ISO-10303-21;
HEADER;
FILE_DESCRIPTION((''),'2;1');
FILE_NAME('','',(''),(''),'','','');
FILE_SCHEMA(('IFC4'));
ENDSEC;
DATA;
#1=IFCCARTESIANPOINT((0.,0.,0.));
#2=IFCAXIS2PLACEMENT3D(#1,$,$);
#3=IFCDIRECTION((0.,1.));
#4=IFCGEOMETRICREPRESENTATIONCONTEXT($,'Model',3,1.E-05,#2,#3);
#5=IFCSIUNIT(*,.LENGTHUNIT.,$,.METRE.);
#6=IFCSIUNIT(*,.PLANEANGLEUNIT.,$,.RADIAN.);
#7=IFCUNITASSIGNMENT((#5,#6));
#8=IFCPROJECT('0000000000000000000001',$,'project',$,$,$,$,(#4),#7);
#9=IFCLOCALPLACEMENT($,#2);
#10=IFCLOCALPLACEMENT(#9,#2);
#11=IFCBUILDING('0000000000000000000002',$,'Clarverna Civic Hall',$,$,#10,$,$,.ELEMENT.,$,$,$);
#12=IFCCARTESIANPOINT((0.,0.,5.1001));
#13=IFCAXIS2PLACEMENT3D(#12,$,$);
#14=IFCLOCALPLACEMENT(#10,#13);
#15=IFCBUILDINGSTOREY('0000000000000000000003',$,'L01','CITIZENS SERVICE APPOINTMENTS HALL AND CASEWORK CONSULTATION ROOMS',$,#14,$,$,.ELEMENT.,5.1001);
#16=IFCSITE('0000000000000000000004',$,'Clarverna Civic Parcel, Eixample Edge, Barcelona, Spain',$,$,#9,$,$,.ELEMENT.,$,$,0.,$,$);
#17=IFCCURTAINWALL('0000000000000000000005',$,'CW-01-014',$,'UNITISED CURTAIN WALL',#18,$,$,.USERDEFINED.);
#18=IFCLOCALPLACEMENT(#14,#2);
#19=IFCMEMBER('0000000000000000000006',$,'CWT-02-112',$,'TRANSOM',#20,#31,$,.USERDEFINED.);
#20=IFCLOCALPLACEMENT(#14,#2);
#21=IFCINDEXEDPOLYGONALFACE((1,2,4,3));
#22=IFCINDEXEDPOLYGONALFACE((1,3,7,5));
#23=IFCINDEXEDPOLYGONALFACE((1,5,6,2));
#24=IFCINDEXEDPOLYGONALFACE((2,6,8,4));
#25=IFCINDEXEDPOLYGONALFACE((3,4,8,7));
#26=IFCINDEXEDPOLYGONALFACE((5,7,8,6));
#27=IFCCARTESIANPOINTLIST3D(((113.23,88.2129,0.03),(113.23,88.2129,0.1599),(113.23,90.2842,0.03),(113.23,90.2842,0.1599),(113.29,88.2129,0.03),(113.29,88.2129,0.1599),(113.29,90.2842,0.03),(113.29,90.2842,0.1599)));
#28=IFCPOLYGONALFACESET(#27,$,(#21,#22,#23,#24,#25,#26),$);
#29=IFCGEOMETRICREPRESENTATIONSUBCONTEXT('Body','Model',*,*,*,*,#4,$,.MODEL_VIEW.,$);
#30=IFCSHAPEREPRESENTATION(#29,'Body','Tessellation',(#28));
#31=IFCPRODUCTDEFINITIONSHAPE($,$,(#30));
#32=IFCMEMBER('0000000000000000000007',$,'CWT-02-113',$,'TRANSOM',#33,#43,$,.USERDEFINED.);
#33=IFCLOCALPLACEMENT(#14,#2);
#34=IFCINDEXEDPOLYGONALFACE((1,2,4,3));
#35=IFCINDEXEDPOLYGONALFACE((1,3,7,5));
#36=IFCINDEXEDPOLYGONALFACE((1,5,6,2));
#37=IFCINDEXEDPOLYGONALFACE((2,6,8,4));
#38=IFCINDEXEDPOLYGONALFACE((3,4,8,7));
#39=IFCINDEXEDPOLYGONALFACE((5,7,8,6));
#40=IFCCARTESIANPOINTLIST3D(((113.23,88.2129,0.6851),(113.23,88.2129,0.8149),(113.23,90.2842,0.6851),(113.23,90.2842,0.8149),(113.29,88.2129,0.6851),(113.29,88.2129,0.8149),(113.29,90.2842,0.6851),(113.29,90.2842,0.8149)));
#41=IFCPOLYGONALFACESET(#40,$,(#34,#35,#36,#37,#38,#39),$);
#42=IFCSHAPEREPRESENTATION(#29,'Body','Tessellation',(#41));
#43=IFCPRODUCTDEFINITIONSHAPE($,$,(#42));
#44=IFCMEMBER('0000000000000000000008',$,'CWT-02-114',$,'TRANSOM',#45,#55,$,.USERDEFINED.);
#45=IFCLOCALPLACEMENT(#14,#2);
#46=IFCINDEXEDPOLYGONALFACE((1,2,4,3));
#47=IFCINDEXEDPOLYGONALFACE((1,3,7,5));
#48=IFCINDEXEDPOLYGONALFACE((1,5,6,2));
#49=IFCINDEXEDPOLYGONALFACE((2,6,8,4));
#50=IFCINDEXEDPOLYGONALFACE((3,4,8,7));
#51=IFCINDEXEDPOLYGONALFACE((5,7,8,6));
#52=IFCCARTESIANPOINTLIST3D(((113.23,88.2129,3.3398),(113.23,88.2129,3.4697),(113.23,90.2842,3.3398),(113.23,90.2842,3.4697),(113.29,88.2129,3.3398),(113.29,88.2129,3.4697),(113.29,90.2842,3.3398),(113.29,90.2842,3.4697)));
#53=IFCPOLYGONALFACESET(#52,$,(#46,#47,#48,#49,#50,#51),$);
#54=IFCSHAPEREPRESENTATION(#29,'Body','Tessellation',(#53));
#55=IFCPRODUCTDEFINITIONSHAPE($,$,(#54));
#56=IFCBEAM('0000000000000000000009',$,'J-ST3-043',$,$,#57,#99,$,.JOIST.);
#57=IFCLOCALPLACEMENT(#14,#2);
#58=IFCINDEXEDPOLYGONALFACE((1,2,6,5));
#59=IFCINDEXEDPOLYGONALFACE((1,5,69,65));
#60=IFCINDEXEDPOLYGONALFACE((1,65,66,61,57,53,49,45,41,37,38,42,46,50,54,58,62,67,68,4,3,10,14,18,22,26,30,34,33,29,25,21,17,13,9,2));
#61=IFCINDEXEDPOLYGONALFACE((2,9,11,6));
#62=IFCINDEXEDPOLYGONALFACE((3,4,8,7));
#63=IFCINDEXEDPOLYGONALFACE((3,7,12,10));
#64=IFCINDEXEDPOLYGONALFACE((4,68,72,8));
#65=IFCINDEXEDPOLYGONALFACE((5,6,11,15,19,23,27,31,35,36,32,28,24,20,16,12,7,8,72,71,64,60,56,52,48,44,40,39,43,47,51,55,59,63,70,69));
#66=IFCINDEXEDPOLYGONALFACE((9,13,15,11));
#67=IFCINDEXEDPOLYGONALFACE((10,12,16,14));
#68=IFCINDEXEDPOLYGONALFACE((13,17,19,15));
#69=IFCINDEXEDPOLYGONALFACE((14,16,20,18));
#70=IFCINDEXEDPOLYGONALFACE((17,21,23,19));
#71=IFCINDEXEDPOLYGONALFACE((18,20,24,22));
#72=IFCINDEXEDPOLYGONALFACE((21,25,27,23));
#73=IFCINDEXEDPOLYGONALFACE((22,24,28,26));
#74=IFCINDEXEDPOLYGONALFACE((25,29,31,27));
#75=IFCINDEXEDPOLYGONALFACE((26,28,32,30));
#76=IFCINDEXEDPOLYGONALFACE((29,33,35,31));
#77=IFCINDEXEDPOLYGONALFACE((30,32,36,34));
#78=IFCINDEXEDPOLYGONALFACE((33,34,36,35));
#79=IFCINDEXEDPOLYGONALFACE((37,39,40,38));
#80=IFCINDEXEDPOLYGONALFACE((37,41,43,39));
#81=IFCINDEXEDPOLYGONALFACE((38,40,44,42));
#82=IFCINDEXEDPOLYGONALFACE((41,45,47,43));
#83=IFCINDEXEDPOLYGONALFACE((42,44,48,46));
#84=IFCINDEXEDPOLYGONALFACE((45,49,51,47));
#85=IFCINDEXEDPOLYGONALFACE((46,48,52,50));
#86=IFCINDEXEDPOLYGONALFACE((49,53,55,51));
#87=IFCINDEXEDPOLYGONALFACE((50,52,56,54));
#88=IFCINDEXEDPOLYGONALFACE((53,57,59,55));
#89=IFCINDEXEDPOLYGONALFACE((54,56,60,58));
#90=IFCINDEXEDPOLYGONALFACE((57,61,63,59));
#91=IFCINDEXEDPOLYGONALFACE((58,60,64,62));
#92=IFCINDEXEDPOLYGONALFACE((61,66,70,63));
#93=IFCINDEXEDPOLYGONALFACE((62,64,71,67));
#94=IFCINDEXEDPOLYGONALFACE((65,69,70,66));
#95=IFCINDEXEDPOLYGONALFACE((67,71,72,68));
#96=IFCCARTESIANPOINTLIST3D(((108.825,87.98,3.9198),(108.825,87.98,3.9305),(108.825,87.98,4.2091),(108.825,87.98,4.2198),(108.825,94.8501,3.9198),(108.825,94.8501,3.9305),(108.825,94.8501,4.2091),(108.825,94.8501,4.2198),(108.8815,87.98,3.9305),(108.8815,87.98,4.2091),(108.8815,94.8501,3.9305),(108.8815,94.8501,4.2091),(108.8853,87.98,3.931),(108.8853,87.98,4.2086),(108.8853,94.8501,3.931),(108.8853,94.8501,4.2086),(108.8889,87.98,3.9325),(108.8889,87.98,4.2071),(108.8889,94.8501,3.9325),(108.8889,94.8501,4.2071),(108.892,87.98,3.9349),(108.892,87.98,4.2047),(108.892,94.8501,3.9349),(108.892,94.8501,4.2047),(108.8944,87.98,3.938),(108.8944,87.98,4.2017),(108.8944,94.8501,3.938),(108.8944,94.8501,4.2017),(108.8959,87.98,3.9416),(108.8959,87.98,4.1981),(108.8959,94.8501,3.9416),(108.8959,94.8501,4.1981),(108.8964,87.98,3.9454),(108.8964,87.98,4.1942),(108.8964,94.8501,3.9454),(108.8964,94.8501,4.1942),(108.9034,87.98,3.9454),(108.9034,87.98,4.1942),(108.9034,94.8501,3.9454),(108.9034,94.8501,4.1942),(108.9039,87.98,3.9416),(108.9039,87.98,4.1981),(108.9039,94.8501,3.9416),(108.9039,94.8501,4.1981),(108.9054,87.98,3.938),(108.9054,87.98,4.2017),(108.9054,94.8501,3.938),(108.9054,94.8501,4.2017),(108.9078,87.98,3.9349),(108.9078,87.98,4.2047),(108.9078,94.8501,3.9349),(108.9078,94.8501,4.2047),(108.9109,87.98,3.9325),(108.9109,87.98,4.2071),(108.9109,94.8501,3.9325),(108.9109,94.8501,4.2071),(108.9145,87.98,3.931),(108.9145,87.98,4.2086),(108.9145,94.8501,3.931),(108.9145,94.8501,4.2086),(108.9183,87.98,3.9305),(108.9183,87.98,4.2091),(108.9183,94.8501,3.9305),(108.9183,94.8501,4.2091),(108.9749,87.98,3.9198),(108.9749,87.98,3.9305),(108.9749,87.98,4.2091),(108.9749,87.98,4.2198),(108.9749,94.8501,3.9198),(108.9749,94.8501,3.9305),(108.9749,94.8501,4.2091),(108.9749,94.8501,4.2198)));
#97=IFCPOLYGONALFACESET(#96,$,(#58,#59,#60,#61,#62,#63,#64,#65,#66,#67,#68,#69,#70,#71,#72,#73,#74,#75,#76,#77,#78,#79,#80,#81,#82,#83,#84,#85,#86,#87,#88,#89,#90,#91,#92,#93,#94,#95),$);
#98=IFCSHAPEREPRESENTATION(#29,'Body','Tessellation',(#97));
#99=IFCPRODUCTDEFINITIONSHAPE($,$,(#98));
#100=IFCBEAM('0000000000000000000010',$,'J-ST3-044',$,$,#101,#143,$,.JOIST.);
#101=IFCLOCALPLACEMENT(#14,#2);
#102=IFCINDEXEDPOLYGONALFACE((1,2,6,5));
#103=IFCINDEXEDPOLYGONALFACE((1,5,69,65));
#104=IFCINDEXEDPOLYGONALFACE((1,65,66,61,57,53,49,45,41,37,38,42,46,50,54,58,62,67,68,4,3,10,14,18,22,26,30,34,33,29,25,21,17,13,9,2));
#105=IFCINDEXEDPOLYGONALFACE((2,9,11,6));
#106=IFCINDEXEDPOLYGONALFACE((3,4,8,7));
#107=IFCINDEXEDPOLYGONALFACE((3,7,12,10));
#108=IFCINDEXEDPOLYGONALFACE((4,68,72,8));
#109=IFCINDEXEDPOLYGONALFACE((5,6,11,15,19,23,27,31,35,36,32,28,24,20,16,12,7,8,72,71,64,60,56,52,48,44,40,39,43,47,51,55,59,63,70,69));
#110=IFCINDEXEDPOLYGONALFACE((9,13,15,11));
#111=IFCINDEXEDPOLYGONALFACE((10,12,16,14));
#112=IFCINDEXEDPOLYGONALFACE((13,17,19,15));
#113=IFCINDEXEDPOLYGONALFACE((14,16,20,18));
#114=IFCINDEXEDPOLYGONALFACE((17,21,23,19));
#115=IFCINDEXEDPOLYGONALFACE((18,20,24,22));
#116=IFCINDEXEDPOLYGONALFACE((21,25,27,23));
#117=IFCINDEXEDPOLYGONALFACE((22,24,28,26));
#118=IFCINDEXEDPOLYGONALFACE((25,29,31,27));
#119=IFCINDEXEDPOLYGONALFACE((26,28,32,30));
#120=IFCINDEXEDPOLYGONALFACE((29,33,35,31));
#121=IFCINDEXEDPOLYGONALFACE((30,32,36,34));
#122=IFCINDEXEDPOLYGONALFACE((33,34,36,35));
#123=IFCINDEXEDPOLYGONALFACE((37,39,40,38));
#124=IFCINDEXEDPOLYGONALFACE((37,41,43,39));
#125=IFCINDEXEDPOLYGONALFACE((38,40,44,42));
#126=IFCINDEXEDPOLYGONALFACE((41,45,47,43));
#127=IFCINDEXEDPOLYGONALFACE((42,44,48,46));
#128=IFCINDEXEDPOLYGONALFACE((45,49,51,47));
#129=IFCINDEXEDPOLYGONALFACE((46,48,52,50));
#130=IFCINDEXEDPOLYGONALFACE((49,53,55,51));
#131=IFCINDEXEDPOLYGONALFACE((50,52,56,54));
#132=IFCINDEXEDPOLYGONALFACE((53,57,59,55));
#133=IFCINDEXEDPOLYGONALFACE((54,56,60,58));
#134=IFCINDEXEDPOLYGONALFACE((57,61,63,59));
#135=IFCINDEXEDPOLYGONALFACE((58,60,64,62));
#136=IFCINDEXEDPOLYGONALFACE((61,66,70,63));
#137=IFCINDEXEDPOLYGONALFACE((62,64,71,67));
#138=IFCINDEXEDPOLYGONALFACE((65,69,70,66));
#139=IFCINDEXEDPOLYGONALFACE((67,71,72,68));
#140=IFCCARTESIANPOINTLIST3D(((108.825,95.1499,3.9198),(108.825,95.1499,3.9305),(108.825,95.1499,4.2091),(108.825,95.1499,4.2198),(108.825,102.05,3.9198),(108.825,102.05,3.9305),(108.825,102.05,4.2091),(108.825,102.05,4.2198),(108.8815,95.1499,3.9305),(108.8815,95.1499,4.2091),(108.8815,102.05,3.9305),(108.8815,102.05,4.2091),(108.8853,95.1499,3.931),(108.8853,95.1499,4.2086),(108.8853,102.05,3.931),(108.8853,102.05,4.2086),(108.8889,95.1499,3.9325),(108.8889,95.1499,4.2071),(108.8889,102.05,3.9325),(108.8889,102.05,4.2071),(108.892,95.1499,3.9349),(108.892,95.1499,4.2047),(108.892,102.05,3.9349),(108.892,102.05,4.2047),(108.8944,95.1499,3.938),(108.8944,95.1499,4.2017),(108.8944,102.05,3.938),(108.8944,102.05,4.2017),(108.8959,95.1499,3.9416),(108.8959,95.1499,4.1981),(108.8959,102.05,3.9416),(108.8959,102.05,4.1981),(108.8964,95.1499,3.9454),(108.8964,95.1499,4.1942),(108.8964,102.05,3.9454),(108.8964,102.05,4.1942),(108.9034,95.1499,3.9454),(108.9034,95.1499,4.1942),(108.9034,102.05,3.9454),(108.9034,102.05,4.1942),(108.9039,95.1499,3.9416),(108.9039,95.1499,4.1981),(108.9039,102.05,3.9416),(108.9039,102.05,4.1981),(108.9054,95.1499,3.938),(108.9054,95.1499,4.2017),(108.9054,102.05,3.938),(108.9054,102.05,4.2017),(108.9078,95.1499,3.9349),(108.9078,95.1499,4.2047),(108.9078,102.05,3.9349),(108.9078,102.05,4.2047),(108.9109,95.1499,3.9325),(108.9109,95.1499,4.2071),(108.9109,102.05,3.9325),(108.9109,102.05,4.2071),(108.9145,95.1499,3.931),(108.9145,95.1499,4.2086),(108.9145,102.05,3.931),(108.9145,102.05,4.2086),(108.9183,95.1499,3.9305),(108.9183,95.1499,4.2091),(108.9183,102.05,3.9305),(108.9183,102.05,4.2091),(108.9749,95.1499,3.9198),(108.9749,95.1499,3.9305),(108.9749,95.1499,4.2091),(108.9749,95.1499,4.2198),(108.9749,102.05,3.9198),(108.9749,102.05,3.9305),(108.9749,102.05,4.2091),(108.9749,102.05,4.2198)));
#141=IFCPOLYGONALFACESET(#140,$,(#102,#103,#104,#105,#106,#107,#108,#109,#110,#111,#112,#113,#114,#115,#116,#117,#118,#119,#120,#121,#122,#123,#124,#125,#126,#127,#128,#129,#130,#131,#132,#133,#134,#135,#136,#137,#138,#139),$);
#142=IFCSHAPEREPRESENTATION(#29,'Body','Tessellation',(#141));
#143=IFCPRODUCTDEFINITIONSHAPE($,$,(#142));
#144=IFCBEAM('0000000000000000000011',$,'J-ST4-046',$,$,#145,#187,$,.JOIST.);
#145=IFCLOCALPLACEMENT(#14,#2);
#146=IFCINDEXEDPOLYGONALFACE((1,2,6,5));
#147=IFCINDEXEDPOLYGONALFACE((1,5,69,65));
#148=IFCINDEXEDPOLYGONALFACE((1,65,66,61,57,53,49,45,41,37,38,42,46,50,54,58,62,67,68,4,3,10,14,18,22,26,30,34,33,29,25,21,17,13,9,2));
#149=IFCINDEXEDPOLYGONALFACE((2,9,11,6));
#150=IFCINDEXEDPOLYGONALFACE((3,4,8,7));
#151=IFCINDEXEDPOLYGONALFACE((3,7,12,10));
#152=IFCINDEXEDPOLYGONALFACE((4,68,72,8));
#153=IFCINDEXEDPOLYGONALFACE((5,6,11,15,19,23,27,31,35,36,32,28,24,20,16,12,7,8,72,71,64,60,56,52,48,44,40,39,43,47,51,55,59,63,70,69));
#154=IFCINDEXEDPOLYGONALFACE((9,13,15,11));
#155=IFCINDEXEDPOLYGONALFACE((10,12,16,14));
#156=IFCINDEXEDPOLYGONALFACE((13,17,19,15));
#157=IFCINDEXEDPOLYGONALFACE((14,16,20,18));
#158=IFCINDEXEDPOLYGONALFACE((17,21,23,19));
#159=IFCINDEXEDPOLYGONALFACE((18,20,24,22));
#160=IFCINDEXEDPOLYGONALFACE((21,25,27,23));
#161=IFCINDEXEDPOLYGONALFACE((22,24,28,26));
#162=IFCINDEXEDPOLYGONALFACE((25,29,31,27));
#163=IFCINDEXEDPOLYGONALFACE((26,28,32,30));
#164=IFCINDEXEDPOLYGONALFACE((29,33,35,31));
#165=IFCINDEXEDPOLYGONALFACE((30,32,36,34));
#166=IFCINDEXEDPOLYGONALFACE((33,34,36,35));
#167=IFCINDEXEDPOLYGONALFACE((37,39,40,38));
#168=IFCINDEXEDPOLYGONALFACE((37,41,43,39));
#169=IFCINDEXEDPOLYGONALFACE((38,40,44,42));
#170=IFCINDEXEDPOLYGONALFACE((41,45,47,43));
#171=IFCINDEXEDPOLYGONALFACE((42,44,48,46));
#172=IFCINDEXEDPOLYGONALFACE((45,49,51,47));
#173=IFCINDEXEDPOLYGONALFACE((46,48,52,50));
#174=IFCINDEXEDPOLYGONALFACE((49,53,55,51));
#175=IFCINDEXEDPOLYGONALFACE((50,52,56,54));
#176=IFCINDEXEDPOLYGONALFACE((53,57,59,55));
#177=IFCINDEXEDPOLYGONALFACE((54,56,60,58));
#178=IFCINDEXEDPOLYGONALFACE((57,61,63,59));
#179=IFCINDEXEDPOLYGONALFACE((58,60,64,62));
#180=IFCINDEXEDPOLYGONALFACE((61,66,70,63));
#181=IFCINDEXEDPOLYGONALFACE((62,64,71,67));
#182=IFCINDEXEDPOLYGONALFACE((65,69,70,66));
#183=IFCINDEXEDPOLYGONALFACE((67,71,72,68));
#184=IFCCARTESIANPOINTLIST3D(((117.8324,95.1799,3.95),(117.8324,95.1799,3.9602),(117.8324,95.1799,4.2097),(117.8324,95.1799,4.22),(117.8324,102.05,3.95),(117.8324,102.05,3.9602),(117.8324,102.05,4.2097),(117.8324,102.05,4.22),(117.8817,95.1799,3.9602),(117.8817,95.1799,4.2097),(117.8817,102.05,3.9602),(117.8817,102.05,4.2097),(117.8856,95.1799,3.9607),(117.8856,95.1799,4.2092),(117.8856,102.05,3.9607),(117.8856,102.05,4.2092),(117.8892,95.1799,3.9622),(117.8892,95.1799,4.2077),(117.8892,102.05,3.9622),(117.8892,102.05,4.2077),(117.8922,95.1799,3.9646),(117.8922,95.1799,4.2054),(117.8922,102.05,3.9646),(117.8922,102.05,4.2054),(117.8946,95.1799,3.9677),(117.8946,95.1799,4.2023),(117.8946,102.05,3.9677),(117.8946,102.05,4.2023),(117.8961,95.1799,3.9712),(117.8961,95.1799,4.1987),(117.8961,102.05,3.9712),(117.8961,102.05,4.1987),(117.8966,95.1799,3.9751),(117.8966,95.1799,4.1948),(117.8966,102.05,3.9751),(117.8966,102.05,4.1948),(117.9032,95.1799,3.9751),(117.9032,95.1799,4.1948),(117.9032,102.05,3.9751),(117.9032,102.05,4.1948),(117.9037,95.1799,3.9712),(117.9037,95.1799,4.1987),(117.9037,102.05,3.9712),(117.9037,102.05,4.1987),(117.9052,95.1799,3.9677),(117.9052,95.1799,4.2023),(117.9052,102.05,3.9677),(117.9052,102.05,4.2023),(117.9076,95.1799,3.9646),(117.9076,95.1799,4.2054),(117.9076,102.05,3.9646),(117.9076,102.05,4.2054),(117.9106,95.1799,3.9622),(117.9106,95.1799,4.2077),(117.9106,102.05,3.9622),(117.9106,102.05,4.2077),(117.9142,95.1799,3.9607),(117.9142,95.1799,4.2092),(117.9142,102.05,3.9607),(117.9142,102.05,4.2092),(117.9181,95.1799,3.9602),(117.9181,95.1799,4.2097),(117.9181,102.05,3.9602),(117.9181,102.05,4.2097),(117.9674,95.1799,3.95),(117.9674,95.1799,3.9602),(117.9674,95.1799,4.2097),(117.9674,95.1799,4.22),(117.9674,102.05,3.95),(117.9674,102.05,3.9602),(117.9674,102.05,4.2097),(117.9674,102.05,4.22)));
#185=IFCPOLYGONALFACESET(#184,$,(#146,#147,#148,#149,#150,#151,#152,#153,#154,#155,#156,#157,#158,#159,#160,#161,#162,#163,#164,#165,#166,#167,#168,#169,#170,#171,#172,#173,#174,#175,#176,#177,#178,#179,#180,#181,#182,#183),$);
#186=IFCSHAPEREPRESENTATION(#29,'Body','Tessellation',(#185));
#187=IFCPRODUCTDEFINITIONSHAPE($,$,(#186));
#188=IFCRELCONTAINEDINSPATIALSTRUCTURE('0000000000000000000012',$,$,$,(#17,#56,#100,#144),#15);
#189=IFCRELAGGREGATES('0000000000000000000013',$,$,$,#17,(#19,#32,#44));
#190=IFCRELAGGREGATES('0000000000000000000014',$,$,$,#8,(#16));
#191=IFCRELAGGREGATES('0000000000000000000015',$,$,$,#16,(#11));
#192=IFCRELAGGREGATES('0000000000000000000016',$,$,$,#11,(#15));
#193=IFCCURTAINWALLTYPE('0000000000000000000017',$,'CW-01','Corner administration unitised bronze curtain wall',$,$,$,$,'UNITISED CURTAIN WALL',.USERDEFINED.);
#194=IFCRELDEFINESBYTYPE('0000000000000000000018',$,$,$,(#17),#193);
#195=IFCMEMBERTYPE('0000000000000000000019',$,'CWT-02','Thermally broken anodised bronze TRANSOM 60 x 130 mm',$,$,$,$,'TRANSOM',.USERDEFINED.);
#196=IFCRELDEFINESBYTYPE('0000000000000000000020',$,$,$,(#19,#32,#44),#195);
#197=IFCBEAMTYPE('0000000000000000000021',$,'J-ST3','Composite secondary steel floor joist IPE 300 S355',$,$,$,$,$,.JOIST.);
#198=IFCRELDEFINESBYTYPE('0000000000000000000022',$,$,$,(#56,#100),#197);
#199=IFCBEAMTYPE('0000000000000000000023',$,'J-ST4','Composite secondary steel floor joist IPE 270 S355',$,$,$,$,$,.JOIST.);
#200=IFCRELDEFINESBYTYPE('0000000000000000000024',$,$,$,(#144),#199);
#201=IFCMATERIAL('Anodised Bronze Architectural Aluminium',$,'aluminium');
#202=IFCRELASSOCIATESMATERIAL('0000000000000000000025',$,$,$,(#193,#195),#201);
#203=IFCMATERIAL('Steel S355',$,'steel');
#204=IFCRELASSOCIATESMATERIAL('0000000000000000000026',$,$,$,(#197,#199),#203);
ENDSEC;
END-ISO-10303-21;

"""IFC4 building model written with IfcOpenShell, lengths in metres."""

from ifc_helpers import new_model, si_unit, direction, frame, origin, origin_2d, place, context, subcontext, project, spatial, rectangle, i_section, extrude, material, material_profile, profile_set, type_object, element, aggregate, save


model = new_model("IFC4")

# Units and contexts
model_context = context("Model", 3, precision=1e-05, world=origin(), true_north=direction((0.0, 1.0)))
body_context = subcontext(model_context, "Body", "Model", "MODEL_VIEW")
ifc_project = project(units=[si_unit("LENGTHUNIT", "METRE"), si_unit("PLANEANGLEUNIT", "RADIAN")], contexts=[model_context])

# Site, building, storey
site_placement = place(None, origin())
site = spatial("IfcSite", under=ifc_project, at=site_placement, Name="Clarverna Civic Parcel, Eixample Edge, Barcelona, Spain", CompositionType="ELEMENT", RefElevation=0.0)
building_placement = place(site_placement, origin())
building = spatial("IfcBuilding", under=site, at=building_placement, Name="Clarverna Civic Hall", CompositionType="ELEMENT")
storey_placement = place(building_placement, frame((0.0, 0.0, 5.1001)))
storey = spatial("IfcBuildingStorey", under=building, at=storey_placement, Name="L01", Description="CITIZENS SERVICE APPOINTMENTS HALL AND CASEWORK CONSULTATION ROOMS", CompositionType="ELEMENT", Elevation=5.1001)

# Curtain wall, members
ifc_material_1 = material(Name="Anodised Bronze Architectural Aluminium", Category="aluminium")
curtain_wall_type = type_object("IfcCurtainWallType", Name="CW-01", Description="Corner administration unitised bronze curtain wall", ElementType="UNITISED CURTAIN WALL", PredefinedType="USERDEFINED", material=ifc_material_1)
curtain_wall_placement = place(storey_placement, origin())
curtain_wall = element("IfcCurtainWall", 1, at=curtain_wall_placement, inside=storey, type_object=curtain_wall_type, Name="CW-01-014", ObjectType="UNITISED CURTAIN WALL", PredefinedType="USERDEFINED")
ifc_material_profile_1 = material_profile(ifc_material_1, rectangle(XDim=0.0601, YDim=0.1299, at=origin_2d()), Name="BRONZE 60x130")
ifc_profile_set_1 = profile_set([ifc_material_profile_1], Name="Anodised Bronze Architectural Aluminium")
member_type_1 = type_object("IfcMemberType", Name="CWT-02", Description="Thermally broken anodised bronze TRANSOM 60 x 130 mm", ElementType="TRANSOM", PredefinedType="USERDEFINED", material=ifc_profile_set_1)
member_1_placement = place(storey_placement, frame((113.26, 90.2842, 0.095), z_axis=(0.0, -1.0, 0.0), x_axis=(1.0, 0.0, 0.0)))
member_1 = element("IfcMember", 2, at=member_1_placement, type_object=member_type_1, Name="CWT-02-112", ObjectType="TRANSOM", PredefinedType="USERDEFINED", context=body_context, shape_type="SweptSolid", body=[
    extrude(rectangle(XDim=0.0601, YDim=0.1299, at=origin_2d()), origin(), (0.0, 0.0, 1.0), 2.0713),
])
member_2_placement = place(storey_placement, frame((113.26, 90.2842, 0.75), z_axis=(0.0, -1.0, 0.0), x_axis=(1.0, 0.0, 0.0)))
member_2 = element("IfcMember", 3, at=member_2_placement, type_object=member_type_1, Name="CWT-02-113", ObjectType="TRANSOM", PredefinedType="USERDEFINED", context=body_context, shape_type="SweptSolid", body=[
    extrude(rectangle(XDim=0.0601, YDim=0.1299, at=origin_2d()), origin(), (0.0, 0.0, 1.0), 2.0713),
])
member_3_placement = place(storey_placement, frame((113.26, 90.2842, 3.4048), z_axis=(0.0, -1.0, 0.0), x_axis=(1.0, 0.0, 0.0)))
member_3 = element("IfcMember", 4, at=member_3_placement, type_object=member_type_1, Name="CWT-02-114", ObjectType="TRANSOM", PredefinedType="USERDEFINED", context=body_context, shape_type="SweptSolid", body=[
    extrude(rectangle(XDim=0.0601, YDim=0.1299, at=origin_2d()), origin(), (0.0, 0.0, 1.0), 2.0713),
])

# Beams
ifc_material_2 = material(Name="Steel S355", Category="steel")
ifc_material_profile_2 = material_profile(ifc_material_2, i_section(OverallWidth=0.1499, OverallDepth=0.3, WebThickness=0.0071, FlangeThickness=0.0107, FilletRadius=0.0149, at=origin_2d()), Name="IPE 300")
ifc_profile_set_2 = profile_set([ifc_material_profile_2], Name="Steel S355")
beam_type_1 = type_object("IfcBeamType", Name="J-ST3", Description="Composite secondary steel floor joist IPE 300 S355", PredefinedType="JOIST", material=ifc_profile_set_2)
beam_1_placement = place(storey_placement, frame((108.8999, 87.98, 4.0698), z_axis=(0.0, 1.0, 0.0), x_axis=(-1.0, 0.0, 0.0)))
element("IfcBeam", 5, at=beam_1_placement, inside=storey, type_object=beam_type_1, Name="J-ST3-043", PredefinedType="JOIST", context=body_context, shape_type="SweptSolid", body=[
    extrude(i_section(OverallWidth=0.1499, OverallDepth=0.3, WebThickness=0.0071, FlangeThickness=0.0107, FilletRadius=0.0149, at=origin_2d()), origin(), (0.0, 0.0, 1.0), 6.8701),
])
beam_2_placement = place(storey_placement, frame((108.8999, 95.1499, 4.0698), z_axis=(0.0, 1.0, 0.0), x_axis=(-1.0, 0.0, 0.0)))
element("IfcBeam", 6, at=beam_2_placement, inside=storey, type_object=beam_type_1, Name="J-ST3-044", PredefinedType="JOIST", context=body_context, shape_type="SweptSolid", body=[
    extrude(i_section(OverallWidth=0.1499, OverallDepth=0.3, WebThickness=0.0071, FlangeThickness=0.0107, FilletRadius=0.0149, at=origin_2d()), origin(), (0.0, 0.0, 1.0), 6.9001),
])
ifc_material_profile_3 = material_profile(ifc_material_2, i_section(OverallWidth=0.135, OverallDepth=0.27, WebThickness=0.0066, FlangeThickness=0.0103, FilletRadius=0.0149, at=origin_2d()), Name="IPE 270")
ifc_profile_set_3 = profile_set([ifc_material_profile_3], Name="Steel S355")
beam_type_2 = type_object("IfcBeamType", Name="J-ST4", Description="Composite secondary steel floor joist IPE 270 S355", PredefinedType="JOIST", material=ifc_profile_set_3)
beam_3_placement = place(storey_placement, frame((117.8999, 95.1799, 4.085), z_axis=(0.0, 1.0, 0.0), x_axis=(-1.0, 0.0, 0.0)))
element("IfcBeam", 7, at=beam_3_placement, inside=storey, type_object=beam_type_2, Name="J-ST4-046", PredefinedType="JOIST", context=body_context, shape_type="SweptSolid", body=[
    extrude(i_section(OverallWidth=0.135, OverallDepth=0.27, WebThickness=0.0066, FlangeThickness=0.0103, FilletRadius=0.0149, at=origin_2d()), origin(), (0.0, 0.0, 1.0), 6.8701),
])

aggregate(curtain_wall, [member_1, member_2, member_3])

save(model, "model.ifc")
